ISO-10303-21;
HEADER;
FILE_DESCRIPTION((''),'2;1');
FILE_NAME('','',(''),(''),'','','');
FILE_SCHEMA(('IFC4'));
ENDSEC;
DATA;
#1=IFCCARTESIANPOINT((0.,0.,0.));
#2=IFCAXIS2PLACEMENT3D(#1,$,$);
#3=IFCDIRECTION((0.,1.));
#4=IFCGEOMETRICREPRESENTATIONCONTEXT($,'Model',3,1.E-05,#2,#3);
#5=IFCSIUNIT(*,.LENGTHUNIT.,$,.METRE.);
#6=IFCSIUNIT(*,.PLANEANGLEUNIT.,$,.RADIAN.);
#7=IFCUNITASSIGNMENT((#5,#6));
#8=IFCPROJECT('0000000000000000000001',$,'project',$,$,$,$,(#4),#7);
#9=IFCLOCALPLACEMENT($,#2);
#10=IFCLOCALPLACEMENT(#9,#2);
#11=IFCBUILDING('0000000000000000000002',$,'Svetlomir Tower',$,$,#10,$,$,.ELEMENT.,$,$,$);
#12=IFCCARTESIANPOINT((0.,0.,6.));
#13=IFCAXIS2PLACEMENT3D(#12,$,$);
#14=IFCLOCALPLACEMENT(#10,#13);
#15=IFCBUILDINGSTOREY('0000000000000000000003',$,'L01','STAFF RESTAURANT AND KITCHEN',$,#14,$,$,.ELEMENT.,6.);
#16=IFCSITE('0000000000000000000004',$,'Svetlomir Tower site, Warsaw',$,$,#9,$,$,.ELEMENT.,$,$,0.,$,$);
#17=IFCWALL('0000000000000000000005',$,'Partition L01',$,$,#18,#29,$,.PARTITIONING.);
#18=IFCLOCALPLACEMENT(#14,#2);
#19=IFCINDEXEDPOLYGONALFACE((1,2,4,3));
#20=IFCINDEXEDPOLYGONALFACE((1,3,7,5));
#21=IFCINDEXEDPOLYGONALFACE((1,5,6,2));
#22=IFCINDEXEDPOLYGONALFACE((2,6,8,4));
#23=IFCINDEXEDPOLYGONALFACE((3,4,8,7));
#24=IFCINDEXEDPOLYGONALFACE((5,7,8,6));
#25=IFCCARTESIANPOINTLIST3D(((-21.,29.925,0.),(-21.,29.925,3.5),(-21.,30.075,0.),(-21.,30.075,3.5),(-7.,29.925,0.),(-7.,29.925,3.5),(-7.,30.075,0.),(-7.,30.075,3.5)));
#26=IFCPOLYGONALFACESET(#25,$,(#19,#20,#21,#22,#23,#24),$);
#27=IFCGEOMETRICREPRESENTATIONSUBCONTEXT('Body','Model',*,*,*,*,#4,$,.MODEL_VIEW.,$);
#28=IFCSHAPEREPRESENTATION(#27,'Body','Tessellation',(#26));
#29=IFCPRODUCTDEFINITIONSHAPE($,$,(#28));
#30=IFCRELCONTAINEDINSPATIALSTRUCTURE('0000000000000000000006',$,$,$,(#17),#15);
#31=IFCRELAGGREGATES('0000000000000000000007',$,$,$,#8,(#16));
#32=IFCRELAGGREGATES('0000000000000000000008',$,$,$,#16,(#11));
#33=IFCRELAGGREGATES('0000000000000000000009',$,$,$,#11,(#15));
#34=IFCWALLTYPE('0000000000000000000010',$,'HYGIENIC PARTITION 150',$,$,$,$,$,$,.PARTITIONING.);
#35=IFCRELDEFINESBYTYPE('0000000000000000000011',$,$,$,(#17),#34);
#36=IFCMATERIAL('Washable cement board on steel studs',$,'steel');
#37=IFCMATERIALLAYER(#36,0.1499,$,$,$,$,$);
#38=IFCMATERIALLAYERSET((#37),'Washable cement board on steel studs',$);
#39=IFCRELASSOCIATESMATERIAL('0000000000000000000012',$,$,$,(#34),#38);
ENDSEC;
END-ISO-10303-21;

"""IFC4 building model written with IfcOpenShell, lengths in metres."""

from ifc_helpers import new_model, si_unit, direction, frame, frame_2d, origin, place, context, subcontext, project, spatial, rectangle, extrude, material, layer, layer_set, type_object, element, save


model = new_model("IFC4")

# Units and contexts
model_context = context("Model", 3, precision=1e-05, world=origin(), true_north=direction((0.0, 1.0)))
body_context = subcontext(model_context, "Body", "Model", "MODEL_VIEW")
ifc_project = project(units=[si_unit("LENGTHUNIT", "METRE"), si_unit("PLANEANGLEUNIT", "RADIAN")], contexts=[model_context])

# Site, building, storey
site_placement = place(None, origin())
site = spatial("IfcSite", under=ifc_project, at=site_placement, Name="Svetlomir Tower site, Warsaw", CompositionType="ELEMENT", RefElevation=0.0)
building_placement = place(site_placement, origin())
building = spatial("IfcBuilding", under=site, at=building_placement, Name="Svetlomir Tower", CompositionType="ELEMENT")
storey_placement = place(building_placement, frame((0.0, 0.0, 6.0)))
storey = spatial("IfcBuildingStorey", under=building, at=storey_placement, Name="L01", Description="STAFF RESTAURANT AND KITCHEN", CompositionType="ELEMENT", Elevation=6.0)

# Wall
ifc_material_1 = material(Name="Washable cement board on steel studs", Category="steel")
ifc_layer_1 = layer(ifc_material_1, 0.1499)
ifc_layer_set_1 = layer_set([ifc_layer_1], Name="Washable cement board on steel studs")
wall_type = type_object("IfcWallType", Name="HYGIENIC PARTITION 150", PredefinedType="PARTITIONING", material=ifc_layer_set_1)
wall_placement = place(storey_placement, frame((-21.0, 30.0, 0.0), z_axis=(0.0, 0.0, 1.0), x_axis=(1.0, 0.0, 0.0)))
element("IfcWall", 1, at=wall_placement, inside=storey, type_object=wall_type, Name="Partition L01", PredefinedType="PARTITIONING", context=body_context, shape_type="SweptSolid", body=[
    extrude(rectangle(XDim=14.0, YDim=0.1499, at=frame_2d((7.0, 0.0))), origin(), (0.0, 0.0, 1.0), 3.5),
])

save(model, "model.ifc")
